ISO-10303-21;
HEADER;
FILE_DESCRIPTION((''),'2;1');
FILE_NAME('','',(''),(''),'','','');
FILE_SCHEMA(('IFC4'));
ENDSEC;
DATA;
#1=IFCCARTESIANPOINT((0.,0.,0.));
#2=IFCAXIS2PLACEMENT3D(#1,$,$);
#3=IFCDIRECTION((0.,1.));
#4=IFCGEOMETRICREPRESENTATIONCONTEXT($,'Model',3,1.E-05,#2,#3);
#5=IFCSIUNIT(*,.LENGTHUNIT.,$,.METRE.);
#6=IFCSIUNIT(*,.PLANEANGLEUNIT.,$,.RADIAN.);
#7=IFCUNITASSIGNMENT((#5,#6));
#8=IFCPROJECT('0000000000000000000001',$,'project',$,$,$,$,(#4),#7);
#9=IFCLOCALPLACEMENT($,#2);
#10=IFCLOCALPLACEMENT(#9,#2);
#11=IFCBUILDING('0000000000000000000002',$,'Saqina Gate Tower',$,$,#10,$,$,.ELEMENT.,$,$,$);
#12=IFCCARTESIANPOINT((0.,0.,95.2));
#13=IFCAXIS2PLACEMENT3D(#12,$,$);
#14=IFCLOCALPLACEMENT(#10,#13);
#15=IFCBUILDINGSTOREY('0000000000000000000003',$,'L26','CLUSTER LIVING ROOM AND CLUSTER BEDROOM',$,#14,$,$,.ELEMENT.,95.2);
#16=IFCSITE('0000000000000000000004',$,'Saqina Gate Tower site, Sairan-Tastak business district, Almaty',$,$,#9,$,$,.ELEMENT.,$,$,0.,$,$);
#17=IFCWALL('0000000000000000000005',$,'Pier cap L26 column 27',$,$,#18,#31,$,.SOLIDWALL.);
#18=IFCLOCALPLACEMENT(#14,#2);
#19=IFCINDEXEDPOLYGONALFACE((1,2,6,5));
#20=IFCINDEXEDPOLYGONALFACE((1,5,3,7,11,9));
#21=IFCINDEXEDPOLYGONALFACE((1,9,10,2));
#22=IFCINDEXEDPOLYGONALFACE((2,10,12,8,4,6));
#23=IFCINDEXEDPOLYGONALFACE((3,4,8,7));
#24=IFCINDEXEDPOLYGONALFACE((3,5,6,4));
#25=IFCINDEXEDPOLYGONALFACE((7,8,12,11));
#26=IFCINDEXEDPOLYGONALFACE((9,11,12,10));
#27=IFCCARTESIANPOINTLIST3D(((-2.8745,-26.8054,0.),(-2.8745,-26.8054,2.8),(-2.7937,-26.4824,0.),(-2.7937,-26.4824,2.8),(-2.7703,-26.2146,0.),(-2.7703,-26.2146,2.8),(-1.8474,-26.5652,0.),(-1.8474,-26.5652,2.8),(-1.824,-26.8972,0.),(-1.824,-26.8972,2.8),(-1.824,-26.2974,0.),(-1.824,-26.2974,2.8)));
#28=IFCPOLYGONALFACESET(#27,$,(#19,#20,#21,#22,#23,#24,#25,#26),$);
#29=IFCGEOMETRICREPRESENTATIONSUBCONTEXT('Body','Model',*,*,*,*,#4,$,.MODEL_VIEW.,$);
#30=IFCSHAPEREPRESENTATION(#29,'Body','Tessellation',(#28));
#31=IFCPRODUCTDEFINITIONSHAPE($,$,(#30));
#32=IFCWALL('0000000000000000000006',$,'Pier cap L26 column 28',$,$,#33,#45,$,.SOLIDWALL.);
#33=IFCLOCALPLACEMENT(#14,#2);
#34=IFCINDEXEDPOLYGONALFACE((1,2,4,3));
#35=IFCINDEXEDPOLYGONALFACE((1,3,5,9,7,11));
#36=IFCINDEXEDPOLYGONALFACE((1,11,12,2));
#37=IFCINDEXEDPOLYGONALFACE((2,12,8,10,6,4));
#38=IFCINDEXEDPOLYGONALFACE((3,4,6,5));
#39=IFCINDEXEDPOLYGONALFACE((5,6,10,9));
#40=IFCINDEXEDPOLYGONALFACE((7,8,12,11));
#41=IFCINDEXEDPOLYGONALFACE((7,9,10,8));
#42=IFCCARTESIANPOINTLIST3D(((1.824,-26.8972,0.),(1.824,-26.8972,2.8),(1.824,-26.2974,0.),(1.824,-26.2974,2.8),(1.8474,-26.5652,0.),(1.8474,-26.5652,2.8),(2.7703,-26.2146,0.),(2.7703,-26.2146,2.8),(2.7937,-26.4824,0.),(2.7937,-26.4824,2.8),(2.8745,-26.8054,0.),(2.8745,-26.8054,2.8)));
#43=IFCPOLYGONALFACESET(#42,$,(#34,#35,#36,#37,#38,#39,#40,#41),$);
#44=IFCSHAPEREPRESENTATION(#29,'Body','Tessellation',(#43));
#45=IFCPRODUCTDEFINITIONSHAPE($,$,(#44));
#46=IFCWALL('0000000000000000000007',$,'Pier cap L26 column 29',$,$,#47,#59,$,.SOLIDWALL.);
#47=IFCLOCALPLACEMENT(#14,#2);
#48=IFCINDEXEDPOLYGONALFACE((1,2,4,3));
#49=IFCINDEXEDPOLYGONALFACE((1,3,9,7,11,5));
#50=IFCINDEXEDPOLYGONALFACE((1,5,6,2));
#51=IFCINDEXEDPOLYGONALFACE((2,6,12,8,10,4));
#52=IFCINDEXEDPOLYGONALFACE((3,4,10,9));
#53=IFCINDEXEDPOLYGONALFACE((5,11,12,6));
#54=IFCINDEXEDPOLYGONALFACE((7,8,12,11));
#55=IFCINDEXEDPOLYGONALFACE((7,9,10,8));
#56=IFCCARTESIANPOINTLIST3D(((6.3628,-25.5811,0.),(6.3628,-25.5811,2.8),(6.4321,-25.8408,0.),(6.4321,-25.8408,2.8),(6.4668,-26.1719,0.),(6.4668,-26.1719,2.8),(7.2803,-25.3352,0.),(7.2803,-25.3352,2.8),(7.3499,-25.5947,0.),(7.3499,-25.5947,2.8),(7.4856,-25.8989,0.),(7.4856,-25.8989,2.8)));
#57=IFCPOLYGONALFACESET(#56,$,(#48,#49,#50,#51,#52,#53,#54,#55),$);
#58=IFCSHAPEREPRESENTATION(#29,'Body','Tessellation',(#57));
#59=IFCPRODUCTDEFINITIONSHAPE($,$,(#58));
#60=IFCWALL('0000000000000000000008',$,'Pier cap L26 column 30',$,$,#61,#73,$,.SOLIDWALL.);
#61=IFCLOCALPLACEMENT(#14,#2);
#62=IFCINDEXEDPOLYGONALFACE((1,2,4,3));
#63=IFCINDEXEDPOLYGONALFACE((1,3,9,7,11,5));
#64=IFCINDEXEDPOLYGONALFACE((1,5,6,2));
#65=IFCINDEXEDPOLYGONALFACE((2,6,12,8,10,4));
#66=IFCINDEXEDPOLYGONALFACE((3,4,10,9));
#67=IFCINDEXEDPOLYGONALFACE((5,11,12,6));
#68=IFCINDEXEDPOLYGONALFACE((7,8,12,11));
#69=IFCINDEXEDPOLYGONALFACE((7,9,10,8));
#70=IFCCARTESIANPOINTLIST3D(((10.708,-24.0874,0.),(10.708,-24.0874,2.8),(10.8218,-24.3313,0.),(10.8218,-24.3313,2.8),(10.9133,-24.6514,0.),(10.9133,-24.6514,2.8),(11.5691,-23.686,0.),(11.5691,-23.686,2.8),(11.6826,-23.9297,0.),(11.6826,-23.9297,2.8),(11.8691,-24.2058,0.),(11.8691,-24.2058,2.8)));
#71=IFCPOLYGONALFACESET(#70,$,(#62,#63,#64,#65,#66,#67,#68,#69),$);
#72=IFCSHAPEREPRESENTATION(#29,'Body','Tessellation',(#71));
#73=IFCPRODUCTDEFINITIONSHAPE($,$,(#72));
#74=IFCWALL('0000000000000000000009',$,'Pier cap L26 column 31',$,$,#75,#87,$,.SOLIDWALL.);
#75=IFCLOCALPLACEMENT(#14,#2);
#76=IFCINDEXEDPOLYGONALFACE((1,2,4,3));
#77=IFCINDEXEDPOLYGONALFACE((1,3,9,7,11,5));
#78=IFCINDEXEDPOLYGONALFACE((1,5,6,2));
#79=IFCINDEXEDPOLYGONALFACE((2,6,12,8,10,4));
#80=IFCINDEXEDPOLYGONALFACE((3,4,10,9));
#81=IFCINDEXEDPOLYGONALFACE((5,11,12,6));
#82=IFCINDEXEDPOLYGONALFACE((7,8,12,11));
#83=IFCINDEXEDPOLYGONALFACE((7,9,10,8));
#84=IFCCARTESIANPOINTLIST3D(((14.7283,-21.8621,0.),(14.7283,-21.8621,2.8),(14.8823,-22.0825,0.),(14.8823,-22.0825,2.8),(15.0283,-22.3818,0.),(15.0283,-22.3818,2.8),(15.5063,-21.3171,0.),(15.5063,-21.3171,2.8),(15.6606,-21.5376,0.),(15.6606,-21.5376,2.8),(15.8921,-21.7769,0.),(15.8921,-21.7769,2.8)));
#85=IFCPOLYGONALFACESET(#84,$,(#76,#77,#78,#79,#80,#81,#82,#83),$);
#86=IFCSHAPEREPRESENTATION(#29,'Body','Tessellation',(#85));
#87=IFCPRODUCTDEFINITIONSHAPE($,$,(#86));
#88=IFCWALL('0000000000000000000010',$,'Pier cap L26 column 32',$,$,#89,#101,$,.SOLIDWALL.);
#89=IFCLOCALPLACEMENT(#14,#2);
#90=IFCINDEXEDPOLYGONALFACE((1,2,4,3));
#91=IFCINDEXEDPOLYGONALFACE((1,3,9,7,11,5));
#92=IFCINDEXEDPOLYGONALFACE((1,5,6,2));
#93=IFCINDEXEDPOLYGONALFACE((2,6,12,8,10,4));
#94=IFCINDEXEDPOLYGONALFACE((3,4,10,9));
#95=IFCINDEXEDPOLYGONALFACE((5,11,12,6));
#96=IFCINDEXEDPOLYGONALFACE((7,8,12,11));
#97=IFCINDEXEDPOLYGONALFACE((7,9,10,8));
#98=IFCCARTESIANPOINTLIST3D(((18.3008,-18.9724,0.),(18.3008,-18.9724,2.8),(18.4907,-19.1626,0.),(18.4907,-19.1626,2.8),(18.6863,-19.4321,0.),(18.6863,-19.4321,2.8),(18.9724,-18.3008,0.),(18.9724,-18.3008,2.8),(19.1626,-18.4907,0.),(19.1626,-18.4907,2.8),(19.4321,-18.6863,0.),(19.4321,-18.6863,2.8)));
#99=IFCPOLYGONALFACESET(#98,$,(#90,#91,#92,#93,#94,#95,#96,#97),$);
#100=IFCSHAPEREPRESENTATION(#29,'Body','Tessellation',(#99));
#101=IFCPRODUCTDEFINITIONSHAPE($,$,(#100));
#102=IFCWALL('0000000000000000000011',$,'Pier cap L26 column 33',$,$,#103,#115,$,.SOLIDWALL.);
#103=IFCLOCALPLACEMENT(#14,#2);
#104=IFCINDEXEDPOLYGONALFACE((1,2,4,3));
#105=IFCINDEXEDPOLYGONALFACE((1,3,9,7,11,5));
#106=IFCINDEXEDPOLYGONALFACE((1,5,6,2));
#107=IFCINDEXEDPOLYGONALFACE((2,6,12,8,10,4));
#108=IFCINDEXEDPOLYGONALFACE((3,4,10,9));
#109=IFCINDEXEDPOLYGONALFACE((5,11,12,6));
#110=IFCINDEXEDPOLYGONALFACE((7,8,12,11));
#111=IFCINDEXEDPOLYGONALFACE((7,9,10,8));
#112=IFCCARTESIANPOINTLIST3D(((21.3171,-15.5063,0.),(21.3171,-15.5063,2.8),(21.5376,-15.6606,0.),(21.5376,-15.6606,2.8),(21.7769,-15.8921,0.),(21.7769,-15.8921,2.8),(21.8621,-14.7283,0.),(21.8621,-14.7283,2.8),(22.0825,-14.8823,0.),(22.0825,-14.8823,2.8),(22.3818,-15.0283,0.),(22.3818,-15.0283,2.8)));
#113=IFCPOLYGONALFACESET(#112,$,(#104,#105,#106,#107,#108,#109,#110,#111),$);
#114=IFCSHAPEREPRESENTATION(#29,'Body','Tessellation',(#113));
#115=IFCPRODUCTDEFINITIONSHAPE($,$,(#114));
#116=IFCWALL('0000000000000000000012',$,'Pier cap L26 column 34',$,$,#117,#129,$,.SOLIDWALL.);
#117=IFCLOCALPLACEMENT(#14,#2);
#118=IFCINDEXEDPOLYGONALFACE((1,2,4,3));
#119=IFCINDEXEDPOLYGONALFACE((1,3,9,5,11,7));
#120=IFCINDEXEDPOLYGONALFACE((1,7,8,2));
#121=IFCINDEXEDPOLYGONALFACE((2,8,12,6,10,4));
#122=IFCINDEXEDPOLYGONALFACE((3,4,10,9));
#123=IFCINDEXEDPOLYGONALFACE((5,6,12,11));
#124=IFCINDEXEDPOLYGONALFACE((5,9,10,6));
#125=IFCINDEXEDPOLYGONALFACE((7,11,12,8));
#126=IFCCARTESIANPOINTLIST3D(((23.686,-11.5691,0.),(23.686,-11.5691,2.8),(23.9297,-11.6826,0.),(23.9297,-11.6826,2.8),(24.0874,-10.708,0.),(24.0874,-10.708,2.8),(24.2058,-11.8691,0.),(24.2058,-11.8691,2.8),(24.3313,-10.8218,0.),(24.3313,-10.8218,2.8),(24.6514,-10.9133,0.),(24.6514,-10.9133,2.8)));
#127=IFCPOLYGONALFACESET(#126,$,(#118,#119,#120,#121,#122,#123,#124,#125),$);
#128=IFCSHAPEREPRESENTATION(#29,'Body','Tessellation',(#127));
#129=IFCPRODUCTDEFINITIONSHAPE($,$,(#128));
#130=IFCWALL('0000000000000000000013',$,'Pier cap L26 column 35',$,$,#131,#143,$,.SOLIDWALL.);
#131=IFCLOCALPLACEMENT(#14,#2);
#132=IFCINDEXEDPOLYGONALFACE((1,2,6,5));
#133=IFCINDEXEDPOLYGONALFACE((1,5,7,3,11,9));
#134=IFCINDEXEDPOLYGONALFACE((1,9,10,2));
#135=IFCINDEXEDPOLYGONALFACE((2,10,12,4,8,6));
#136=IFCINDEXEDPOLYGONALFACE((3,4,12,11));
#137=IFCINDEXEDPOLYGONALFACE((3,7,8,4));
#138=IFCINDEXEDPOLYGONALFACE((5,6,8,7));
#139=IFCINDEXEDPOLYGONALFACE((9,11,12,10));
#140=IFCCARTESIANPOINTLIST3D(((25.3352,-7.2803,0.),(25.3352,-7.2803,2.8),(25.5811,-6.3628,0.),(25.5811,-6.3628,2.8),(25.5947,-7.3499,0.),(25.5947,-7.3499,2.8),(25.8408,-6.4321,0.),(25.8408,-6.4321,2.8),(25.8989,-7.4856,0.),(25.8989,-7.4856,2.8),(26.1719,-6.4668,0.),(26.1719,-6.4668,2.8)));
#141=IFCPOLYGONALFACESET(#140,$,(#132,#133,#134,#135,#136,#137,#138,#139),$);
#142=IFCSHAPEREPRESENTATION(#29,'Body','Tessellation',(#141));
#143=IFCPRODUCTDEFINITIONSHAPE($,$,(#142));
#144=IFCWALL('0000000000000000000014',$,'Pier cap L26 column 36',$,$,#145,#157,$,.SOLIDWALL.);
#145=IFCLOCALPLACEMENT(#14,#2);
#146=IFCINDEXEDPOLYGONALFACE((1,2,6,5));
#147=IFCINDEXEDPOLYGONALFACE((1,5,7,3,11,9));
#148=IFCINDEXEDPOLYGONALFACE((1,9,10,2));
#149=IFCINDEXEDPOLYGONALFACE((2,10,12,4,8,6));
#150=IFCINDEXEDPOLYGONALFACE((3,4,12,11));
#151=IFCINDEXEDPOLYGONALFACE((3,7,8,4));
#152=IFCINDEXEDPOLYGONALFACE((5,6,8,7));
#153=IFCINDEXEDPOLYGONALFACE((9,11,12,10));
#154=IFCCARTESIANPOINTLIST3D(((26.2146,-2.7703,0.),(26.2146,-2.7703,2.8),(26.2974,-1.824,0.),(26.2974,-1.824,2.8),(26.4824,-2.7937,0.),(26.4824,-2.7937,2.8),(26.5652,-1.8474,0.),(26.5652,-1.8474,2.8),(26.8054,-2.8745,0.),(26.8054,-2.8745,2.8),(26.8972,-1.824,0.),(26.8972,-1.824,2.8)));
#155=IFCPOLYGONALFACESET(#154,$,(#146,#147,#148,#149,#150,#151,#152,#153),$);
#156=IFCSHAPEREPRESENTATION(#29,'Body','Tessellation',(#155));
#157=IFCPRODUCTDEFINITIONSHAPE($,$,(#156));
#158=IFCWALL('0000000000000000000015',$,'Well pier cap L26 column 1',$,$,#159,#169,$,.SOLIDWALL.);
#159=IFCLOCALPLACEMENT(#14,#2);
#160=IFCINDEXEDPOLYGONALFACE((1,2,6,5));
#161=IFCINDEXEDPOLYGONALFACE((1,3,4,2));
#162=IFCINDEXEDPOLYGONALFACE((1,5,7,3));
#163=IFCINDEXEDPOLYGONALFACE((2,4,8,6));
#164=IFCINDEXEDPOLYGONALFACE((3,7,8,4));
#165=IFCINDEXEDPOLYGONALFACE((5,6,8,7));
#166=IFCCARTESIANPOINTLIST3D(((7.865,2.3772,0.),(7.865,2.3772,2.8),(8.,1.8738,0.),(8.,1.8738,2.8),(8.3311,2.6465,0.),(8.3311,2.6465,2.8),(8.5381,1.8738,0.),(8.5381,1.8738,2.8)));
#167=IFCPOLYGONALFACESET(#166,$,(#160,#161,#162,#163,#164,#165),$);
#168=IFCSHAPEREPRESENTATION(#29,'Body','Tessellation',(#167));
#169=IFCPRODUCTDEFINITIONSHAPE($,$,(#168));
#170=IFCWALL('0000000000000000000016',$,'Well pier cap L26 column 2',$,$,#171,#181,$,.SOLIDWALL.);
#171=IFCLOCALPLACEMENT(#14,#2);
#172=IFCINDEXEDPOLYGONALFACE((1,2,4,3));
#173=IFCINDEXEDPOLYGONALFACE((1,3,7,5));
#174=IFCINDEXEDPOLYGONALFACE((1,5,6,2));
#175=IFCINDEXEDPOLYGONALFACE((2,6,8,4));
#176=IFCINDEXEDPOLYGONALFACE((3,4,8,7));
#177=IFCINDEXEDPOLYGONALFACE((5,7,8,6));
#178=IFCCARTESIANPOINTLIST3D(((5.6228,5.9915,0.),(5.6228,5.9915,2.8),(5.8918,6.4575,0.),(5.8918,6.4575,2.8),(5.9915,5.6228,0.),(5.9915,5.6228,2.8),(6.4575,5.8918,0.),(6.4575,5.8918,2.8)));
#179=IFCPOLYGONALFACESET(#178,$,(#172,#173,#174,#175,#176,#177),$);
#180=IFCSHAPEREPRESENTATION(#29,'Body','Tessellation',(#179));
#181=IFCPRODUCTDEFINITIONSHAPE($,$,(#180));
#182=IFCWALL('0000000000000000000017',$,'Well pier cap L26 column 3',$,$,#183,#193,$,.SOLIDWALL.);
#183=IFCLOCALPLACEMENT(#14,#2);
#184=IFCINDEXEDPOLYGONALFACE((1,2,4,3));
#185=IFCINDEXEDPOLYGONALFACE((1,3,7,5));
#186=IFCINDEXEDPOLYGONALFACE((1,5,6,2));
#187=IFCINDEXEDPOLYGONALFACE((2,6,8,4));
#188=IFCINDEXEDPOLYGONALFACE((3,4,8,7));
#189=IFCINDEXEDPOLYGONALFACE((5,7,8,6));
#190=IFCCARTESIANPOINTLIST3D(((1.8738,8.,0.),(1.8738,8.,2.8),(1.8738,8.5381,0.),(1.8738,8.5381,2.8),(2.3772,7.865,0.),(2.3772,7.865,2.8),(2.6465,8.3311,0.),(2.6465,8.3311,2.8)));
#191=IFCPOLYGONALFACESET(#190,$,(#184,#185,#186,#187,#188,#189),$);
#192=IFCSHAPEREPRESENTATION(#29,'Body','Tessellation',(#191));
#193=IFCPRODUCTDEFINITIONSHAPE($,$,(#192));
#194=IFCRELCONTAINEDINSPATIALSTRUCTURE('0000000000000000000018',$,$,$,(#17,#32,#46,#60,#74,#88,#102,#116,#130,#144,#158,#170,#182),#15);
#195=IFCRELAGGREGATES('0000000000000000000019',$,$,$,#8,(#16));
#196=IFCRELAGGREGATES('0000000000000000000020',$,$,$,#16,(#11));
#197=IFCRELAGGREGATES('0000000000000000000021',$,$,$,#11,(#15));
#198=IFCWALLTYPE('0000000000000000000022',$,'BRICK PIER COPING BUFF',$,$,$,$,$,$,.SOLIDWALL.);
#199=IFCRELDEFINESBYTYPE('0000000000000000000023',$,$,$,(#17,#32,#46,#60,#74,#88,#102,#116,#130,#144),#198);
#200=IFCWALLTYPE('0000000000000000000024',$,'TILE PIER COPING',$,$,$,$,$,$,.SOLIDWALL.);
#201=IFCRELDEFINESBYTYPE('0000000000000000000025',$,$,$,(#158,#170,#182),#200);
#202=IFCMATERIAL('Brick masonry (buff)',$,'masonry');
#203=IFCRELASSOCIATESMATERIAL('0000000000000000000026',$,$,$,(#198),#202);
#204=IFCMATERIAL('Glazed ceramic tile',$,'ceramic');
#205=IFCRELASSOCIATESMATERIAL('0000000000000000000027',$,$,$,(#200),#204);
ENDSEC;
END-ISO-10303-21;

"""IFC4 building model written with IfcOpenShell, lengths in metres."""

from ifc_helpers import new_model, si_unit, direction, frame, origin, place, context, subcontext, project, spatial, polyline, outline, extrude, material, type_object, element, save


model = new_model("IFC4")

# Units and contexts
model_context = context("Model", 3, precision=1e-05, world=origin(), true_north=direction((0.0, 1.0)))
body_context = subcontext(model_context, "Body", "Model", "MODEL_VIEW")
ifc_project = project(units=[si_unit("LENGTHUNIT", "METRE"), si_unit("PLANEANGLEUNIT", "RADIAN")], contexts=[model_context])

# Site, building, storey
site_placement = place(None, origin())
site = spatial("IfcSite", under=ifc_project, at=site_placement, Name="Saqina Gate Tower site, Sairan-Tastak business district, Almaty", CompositionType="ELEMENT", RefElevation=0.0)
building_placement = place(site_placement, origin())
building = spatial("IfcBuilding", under=site, at=building_placement, Name="Saqina Gate Tower", CompositionType="ELEMENT")
storey_placement = place(building_placement, frame((0.0, 0.0, 95.2)))
storey = spatial("IfcBuildingStorey", under=building, at=storey_placement, Name="L26", Description="CLUSTER LIVING ROOM AND CLUSTER BEDROOM", CompositionType="ELEMENT", Elevation=95.2)

# Walls
ifc_material_1 = material(Name="Brick masonry (buff)", Category="masonry")
wall_type_1 = type_object("IfcWallType", Name="BRICK PIER COPING BUFF", PredefinedType="SOLIDWALL", material=ifc_material_1)
wall_1_placement = place(storey_placement, origin())
element("IfcWall", 1, at=wall_1_placement, inside=storey, type_object=wall_type_1, Name="Pier cap L26 column 27", PredefinedType="SOLIDWALL", context=body_context, shape_type="SweptSolid", body=[
    extrude(outline(polyline([(-2.8745, -26.8054), (-1.824, -26.8972), (-1.824, -26.2974), (-1.8474, -26.5652), (-2.7937, -26.4824), (-2.7703, -26.2146), (-2.8745, -26.8054)])), origin(), (0.0, 0.0, 1.0), 2.8),
])
wall_2_placement = place(storey_placement, origin())
element("IfcWall", 2, at=wall_2_placement, inside=storey, type_object=wall_type_1, Name="Pier cap L26 column 28", PredefinedType="SOLIDWALL", context=body_context, shape_type="SweptSolid", body=[
    extrude(outline(polyline([(2.8745, -26.8054), (2.7703, -26.2146), (2.7937, -26.4824), (1.8474, -26.5652), (1.824, -26.2974), (1.824, -26.8972), (2.8745, -26.8054)])), origin(), (0.0, 0.0, 1.0), 2.8),
])
wall_3_placement = place(storey_placement, origin())
element("IfcWall", 3, at=wall_3_placement, inside=storey, type_object=wall_type_1, Name="Pier cap L26 column 29", PredefinedType="SOLIDWALL", context=body_context, shape_type="SweptSolid", body=[
    extrude(outline(polyline([(6.4668, -26.1719), (7.4856, -25.8989), (7.2803, -25.3352), (7.3499, -25.5947), (6.4321, -25.8408), (6.3628, -25.5811), (6.4668, -26.1719)])), origin(), (0.0, 0.0, 1.0), 2.8),
])
wall_4_placement = place(storey_placement, origin())
element("IfcWall", 4, at=wall_4_placement, inside=storey, type_object=wall_type_1, Name="Pier cap L26 column 30", PredefinedType="SOLIDWALL", context=body_context, shape_type="SweptSolid", body=[
    extrude(outline(polyline([(10.9133, -24.6514), (11.8691, -24.2058), (11.5691, -23.686), (11.6826, -23.9297), (10.8218, -24.3313), (10.708, -24.0874), (10.9133, -24.6514)])), origin(), (0.0, 0.0, 1.0), 2.8),
])
wall_5_placement = place(storey_placement, origin())
element("IfcWall", 5, at=wall_5_placement, inside=storey, type_object=wall_type_1, Name="Pier cap L26 column 31", PredefinedType="SOLIDWALL", context=body_context, shape_type="SweptSolid", body=[
    extrude(outline(polyline([(15.8921, -21.7769), (15.5063, -21.3171), (15.6606, -21.5376), (14.8823, -22.0825), (14.7283, -21.8621), (15.0283, -22.3818), (15.8921, -21.7769)])), origin(), (0.0, 0.0, 1.0), 2.8),
])
wall_6_placement = place(storey_placement, origin())
element("IfcWall", 6, at=wall_6_placement, inside=storey, type_object=wall_type_1, Name="Pier cap L26 column 32", PredefinedType="SOLIDWALL", context=body_context, shape_type="SweptSolid", body=[
    extrude(outline(polyline([(18.6863, -19.4321), (19.4321, -18.6863), (18.9724, -18.3008), (19.1626, -18.4907), (18.4907, -19.1626), (18.3008, -18.9724), (18.6863, -19.4321)])), origin(), (0.0, 0.0, 1.0), 2.8),
])
wall_7_placement = place(storey_placement, origin())
element("IfcWall", 7, at=wall_7_placement, inside=storey, type_object=wall_type_1, Name="Pier cap L26 column 33", PredefinedType="SOLIDWALL", context=body_context, shape_type="SweptSolid", body=[
    extrude(outline(polyline([(22.3818, -15.0283), (21.8621, -14.7283), (22.0825, -14.8823), (21.5376, -15.6606), (21.3171, -15.5063), (21.7769, -15.8921), (22.3818, -15.0283)])), origin(), (0.0, 0.0, 1.0), 2.8),
])
wall_8_placement = place(storey_placement, origin())
element("IfcWall", 8, at=wall_8_placement, inside=storey, type_object=wall_type_1, Name="Pier cap L26 column 34", PredefinedType="SOLIDWALL", context=body_context, shape_type="SweptSolid", body=[
    extrude(outline(polyline([(24.6514, -10.9133), (24.0874, -10.708), (24.3313, -10.8218), (23.9297, -11.6826), (23.686, -11.5691), (24.2058, -11.8691), (24.6514, -10.9133)])), origin(), (0.0, 0.0, 1.0), 2.8),
])
wall_9_placement = place(storey_placement, origin())
element("IfcWall", 9, at=wall_9_placement, inside=storey, type_object=wall_type_1, Name="Pier cap L26 column 35", PredefinedType="SOLIDWALL", context=body_context, shape_type="SweptSolid", body=[
    extrude(outline(polyline([(25.8989, -7.4856), (26.1719, -6.4668), (25.5811, -6.3628), (25.8408, -6.4321), (25.5947, -7.3499), (25.3352, -7.2803), (25.8989, -7.4856)])), origin(), (0.0, 0.0, 1.0), 2.8),
])
wall_10_placement = place(storey_placement, origin())
element("IfcWall", 10, at=wall_10_placement, inside=storey, type_object=wall_type_1, Name="Pier cap L26 column 36", PredefinedType="SOLIDWALL", context=body_context, shape_type="SweptSolid", body=[
    extrude(outline(polyline([(26.8054, -2.8745), (26.8972, -1.824), (26.2974, -1.824), (26.5652, -1.8474), (26.4824, -2.7937), (26.2146, -2.7703), (26.8054, -2.8745)])), origin(), (0.0, 0.0, 1.0), 2.8),
])
ifc_material_2 = material(Name="Glazed ceramic tile", Category="ceramic")
wall_type_2 = type_object("IfcWallType", Name="TILE PIER COPING", PredefinedType="SOLIDWALL", material=ifc_material_2)
wall_11_placement = place(storey_placement, origin())
element("IfcWall", 11, at=wall_11_placement, inside=storey, type_object=wall_type_2, Name="Well pier cap L26 column 1", PredefinedType="SOLIDWALL", context=body_context, shape_type="SweptSolid", body=[
    extrude(outline(polyline([(8.3311, 2.6465), (7.865, 2.3772), (8.0, 1.8738), (8.5381, 1.8738), (8.3311, 2.6465)])), origin(), (0.0, 0.0, 1.0), 2.8),
])
wall_12_placement = place(storey_placement, origin())
element("IfcWall", 12, at=wall_12_placement, inside=storey, type_object=wall_type_2, Name="Well pier cap L26 column 2", PredefinedType="SOLIDWALL", context=body_context, shape_type="SweptSolid", body=[
    extrude(outline(polyline([(5.8918, 6.4575), (5.6228, 5.9915), (5.9915, 5.6228), (6.4575, 5.8918), (5.8918, 6.4575)])), origin(), (0.0, 0.0, 1.0), 2.8),
])
wall_13_placement = place(storey_placement, origin())
element("IfcWall", 13, at=wall_13_placement, inside=storey, type_object=wall_type_2, Name="Well pier cap L26 column 3", PredefinedType="SOLIDWALL", context=body_context, shape_type="SweptSolid", body=[
    extrude(outline(polyline([(1.8738, 8.5381), (1.8738, 8.0), (2.3772, 7.865), (2.6465, 8.3311), (1.8738, 8.5381)])), origin(), (0.0, 0.0, 1.0), 2.8),
])

save(model, "model.ifc")
